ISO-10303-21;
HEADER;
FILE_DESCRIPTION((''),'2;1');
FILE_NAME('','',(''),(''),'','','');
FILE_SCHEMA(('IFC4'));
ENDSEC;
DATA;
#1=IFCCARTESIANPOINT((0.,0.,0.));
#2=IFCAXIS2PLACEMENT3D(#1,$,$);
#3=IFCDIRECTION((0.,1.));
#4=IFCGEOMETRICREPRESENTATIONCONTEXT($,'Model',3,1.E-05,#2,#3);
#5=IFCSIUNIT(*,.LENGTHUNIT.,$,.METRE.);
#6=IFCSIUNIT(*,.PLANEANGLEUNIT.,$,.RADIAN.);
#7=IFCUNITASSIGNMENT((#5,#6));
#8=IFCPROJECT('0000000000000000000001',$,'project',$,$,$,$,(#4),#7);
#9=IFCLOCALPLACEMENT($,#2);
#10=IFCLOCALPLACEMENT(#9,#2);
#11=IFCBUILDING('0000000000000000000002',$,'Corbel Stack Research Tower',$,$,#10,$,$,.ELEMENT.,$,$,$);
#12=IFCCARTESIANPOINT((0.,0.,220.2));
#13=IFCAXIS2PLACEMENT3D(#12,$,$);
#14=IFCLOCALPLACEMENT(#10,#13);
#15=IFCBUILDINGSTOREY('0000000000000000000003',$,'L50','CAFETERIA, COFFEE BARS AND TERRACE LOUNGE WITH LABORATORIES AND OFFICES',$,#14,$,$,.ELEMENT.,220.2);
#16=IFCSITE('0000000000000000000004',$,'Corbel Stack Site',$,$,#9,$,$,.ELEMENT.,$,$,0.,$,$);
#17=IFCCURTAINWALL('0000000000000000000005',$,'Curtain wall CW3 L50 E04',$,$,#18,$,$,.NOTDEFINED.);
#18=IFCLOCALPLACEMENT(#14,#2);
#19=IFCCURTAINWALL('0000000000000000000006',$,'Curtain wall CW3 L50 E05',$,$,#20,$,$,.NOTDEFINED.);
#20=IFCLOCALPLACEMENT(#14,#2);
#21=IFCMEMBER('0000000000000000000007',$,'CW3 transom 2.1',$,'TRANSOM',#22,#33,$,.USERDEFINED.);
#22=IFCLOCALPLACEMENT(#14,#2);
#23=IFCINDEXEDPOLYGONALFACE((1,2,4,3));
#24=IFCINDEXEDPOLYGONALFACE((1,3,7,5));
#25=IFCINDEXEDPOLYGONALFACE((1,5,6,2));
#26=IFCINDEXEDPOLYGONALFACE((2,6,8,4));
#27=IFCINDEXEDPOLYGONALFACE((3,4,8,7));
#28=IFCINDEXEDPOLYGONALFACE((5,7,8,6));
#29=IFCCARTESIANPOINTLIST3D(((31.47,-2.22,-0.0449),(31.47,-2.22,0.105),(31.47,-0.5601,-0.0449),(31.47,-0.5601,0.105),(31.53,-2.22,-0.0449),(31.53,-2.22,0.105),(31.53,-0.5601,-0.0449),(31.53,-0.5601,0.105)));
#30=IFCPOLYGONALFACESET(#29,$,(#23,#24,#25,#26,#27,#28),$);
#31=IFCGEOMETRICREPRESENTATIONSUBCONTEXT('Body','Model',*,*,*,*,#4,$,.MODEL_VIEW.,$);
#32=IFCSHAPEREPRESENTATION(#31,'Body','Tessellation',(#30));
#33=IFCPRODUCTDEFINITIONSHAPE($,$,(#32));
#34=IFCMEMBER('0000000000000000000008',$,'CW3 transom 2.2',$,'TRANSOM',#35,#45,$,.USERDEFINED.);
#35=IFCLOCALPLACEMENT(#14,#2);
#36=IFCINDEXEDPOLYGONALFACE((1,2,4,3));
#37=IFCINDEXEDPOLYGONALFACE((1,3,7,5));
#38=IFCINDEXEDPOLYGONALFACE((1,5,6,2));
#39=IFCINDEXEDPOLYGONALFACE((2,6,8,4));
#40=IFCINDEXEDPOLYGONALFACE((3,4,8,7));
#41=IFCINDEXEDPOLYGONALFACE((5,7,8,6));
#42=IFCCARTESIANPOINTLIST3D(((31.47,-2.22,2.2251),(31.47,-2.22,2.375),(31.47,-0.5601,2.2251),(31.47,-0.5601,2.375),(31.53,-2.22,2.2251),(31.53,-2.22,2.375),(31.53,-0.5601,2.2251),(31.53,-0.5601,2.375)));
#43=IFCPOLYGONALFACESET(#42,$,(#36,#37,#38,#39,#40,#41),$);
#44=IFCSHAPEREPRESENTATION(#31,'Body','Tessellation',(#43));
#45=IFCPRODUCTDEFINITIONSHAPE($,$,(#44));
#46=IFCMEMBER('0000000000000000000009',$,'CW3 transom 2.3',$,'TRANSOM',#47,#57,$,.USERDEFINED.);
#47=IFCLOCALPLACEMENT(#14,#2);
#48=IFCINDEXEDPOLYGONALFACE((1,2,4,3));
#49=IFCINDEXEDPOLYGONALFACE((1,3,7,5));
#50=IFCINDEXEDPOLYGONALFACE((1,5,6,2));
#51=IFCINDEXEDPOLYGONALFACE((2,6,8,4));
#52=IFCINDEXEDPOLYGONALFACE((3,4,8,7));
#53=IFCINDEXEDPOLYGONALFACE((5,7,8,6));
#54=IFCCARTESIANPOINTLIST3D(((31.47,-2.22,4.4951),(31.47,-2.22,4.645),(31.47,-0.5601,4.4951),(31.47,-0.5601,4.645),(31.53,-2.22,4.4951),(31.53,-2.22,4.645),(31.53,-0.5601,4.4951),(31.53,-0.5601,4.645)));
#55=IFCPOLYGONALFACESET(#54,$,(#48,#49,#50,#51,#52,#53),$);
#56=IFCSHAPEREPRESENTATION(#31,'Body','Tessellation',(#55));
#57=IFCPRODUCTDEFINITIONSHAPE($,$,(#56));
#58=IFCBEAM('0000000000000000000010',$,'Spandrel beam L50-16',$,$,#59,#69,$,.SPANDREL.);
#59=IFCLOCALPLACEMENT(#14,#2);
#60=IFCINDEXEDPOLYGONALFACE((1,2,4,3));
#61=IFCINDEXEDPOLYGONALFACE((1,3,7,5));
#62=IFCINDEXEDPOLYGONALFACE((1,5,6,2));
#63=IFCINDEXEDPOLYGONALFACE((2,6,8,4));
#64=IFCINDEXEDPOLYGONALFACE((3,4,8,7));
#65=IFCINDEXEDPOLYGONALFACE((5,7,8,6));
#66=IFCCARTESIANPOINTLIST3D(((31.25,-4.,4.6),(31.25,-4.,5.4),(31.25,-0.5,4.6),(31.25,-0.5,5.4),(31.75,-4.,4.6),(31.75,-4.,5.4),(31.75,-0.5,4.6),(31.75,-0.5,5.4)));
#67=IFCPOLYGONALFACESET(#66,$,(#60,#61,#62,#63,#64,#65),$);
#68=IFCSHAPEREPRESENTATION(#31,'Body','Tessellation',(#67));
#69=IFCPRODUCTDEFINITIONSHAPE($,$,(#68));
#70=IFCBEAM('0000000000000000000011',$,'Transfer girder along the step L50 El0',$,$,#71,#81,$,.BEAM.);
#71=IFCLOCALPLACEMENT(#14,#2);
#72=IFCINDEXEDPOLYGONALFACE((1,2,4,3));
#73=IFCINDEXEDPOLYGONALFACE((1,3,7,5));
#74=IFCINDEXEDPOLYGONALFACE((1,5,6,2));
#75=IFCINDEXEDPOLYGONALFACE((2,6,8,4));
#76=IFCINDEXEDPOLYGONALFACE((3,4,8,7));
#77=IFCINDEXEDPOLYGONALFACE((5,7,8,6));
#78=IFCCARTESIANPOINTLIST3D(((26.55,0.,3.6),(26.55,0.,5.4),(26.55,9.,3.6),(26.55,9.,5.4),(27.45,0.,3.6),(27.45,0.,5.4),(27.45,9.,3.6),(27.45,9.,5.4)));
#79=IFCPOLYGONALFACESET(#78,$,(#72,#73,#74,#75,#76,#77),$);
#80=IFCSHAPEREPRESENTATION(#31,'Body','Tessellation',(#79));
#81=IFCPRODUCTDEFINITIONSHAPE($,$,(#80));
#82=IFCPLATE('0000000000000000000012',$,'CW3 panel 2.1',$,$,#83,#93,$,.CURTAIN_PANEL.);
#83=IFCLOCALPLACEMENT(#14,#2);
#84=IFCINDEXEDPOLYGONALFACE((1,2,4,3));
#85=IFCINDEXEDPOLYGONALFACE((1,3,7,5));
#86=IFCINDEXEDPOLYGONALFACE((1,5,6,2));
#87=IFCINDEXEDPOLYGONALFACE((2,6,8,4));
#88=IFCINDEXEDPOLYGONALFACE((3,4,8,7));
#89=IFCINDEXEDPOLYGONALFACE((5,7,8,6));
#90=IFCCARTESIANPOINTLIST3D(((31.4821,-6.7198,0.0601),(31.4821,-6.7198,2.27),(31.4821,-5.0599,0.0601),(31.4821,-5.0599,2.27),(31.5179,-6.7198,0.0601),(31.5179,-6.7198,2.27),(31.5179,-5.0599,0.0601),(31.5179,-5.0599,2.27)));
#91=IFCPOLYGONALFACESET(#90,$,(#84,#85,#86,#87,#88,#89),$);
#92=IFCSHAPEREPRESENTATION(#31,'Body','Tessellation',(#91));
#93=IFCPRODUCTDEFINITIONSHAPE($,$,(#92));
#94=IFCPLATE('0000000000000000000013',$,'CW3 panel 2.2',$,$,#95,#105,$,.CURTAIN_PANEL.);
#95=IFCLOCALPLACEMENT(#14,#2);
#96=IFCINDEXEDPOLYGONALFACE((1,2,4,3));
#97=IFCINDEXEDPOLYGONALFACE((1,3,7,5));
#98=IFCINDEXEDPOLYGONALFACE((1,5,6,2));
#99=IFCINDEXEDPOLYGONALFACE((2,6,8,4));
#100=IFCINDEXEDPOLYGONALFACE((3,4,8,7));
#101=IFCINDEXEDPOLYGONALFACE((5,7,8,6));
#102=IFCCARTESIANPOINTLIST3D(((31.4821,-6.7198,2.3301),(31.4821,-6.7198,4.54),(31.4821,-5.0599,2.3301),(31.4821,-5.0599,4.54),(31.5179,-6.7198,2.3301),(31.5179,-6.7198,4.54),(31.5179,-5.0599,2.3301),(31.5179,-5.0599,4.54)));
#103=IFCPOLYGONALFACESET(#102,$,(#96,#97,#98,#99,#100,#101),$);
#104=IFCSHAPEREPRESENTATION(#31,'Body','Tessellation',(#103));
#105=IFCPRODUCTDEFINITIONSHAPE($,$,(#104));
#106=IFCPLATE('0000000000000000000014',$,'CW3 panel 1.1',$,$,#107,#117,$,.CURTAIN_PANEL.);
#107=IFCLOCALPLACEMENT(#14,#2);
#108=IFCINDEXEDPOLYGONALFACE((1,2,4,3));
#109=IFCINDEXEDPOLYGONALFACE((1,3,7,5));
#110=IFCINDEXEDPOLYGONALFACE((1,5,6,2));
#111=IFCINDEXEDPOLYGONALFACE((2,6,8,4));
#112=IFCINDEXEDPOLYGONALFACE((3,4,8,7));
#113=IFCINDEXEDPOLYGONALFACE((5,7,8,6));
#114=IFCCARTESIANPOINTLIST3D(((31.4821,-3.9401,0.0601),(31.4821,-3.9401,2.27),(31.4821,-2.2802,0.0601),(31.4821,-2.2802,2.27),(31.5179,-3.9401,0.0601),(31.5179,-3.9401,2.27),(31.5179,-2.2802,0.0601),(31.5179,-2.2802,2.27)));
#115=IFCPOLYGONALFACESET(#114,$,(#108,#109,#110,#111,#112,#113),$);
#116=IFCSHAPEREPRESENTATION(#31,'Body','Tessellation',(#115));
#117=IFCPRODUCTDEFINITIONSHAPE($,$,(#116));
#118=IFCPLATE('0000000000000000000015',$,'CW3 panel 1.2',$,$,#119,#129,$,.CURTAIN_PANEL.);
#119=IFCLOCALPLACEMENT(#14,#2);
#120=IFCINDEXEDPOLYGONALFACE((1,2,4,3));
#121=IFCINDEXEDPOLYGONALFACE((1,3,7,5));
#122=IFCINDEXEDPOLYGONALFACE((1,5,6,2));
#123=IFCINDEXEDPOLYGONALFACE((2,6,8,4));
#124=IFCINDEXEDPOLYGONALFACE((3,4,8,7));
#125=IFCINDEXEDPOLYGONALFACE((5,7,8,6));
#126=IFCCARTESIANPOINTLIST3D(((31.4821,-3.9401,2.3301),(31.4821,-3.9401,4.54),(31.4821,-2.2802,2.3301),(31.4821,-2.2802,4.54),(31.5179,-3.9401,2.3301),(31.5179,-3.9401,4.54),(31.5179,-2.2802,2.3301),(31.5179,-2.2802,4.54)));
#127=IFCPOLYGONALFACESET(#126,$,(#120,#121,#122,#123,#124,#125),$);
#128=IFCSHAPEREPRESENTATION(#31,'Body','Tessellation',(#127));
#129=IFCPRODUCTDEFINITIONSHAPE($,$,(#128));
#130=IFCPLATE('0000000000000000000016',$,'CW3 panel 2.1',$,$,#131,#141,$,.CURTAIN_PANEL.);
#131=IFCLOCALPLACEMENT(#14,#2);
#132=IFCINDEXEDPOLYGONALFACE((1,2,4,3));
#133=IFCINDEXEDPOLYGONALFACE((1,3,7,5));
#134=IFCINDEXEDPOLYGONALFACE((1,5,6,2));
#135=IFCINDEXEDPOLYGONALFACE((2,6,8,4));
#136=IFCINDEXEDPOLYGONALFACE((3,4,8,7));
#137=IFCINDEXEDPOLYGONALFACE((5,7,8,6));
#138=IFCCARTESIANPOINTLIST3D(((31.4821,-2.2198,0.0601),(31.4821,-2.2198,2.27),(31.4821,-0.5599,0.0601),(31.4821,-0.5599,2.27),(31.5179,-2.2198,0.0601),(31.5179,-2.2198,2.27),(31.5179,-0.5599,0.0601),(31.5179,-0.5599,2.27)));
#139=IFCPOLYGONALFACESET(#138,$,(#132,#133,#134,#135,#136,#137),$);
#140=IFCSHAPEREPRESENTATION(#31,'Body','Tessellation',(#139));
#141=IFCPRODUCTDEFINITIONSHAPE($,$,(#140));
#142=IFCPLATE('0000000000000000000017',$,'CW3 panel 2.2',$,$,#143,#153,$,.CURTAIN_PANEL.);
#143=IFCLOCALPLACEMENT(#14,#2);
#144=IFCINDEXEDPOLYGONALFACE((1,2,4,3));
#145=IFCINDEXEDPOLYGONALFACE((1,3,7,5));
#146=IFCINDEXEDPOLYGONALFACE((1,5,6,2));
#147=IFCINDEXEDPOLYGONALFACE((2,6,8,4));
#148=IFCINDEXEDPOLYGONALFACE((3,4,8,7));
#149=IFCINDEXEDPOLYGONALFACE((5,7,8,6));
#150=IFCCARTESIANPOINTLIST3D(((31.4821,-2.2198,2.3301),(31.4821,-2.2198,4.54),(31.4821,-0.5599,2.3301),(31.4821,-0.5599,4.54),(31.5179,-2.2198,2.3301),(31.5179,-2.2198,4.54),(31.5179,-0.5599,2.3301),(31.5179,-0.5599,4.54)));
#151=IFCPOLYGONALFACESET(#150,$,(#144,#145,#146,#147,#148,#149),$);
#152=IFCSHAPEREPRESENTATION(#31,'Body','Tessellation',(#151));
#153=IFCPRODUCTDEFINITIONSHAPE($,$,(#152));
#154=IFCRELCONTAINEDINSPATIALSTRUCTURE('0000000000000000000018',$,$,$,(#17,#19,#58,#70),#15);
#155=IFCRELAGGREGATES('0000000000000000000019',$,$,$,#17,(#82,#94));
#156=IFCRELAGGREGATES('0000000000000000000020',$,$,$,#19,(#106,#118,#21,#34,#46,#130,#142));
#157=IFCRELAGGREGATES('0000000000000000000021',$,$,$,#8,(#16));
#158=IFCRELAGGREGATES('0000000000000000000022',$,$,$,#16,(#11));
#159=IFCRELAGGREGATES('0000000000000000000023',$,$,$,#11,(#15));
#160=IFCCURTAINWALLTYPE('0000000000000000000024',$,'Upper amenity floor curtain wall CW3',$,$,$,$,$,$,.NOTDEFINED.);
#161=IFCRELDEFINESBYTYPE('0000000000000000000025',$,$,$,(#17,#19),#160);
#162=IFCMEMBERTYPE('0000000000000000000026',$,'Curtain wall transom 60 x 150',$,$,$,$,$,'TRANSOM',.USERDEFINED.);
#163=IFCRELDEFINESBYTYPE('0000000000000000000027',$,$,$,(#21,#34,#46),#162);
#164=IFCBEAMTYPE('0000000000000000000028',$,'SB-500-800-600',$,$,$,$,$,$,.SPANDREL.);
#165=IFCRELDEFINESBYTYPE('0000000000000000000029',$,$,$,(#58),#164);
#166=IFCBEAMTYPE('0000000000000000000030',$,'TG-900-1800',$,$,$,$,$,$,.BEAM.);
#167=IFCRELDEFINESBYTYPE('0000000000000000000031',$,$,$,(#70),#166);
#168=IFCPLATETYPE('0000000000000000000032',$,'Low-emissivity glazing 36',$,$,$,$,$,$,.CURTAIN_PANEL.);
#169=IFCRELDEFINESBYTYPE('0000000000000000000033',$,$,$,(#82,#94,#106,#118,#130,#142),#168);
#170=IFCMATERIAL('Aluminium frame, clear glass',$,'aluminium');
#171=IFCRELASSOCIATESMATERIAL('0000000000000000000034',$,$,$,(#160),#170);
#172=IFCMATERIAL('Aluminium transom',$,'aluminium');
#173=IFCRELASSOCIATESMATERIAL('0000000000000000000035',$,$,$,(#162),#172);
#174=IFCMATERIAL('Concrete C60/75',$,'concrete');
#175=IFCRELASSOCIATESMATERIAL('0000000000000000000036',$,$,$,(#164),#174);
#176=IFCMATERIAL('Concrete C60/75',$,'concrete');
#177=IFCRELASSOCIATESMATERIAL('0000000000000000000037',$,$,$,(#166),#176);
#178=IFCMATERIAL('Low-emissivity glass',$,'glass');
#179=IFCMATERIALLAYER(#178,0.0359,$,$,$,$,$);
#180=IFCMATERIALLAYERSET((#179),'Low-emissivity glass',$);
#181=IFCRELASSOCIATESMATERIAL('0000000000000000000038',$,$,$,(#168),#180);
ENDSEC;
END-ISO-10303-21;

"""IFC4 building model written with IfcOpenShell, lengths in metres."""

from ifc_helpers import new_model, si_unit, direction, frame, origin, origin_2d, place, context, subcontext, project, spatial, rectangle, extrude, material, layer, layer_set, material_profile, profile_set, type_object, element, aggregate, save


model = new_model("IFC4")

# Units and contexts
model_context = context("Model", 3, precision=1e-05, world=origin(), true_north=direction((0.0, 1.0)))
body_context = subcontext(model_context, "Body", "Model", "MODEL_VIEW")
ifc_project = project(units=[si_unit("LENGTHUNIT", "METRE"), si_unit("PLANEANGLEUNIT", "RADIAN")], contexts=[model_context])

# Site, building, storey
site_placement = place(None, origin())
site = spatial("IfcSite", under=ifc_project, at=site_placement, Name="Corbel Stack Site", CompositionType="ELEMENT", RefElevation=0.0)
building_placement = place(site_placement, origin())
building = spatial("IfcBuilding", under=site, at=building_placement, Name="Corbel Stack Research Tower", CompositionType="ELEMENT")
storey_placement = place(building_placement, frame((0.0, 0.0, 220.2)))
storey = spatial("IfcBuildingStorey", under=building, at=storey_placement, Name="L50", Description="CAFETERIA, COFFEE BARS AND TERRACE LOUNGE WITH LABORATORIES AND OFFICES", CompositionType="ELEMENT", Elevation=220.2)

# Curtain walls
ifc_material_1 = material(Name="Aluminium frame, clear glass", Category="aluminium")
curtain_wall_type = type_object("IfcCurtainWallType", Name="Upper amenity floor curtain wall CW3", PredefinedType="NOTDEFINED", material=ifc_material_1)
curtain_wall_1_placement = place(storey_placement, origin())
curtain_wall_1 = element("IfcCurtainWall", 1, at=curtain_wall_1_placement, inside=storey, type_object=curtain_wall_type, Name="Curtain wall CW3 L50 E04", PredefinedType="NOTDEFINED")
curtain_wall_2_placement = place(storey_placement, origin())
curtain_wall_2 = element("IfcCurtainWall", 2, at=curtain_wall_2_placement, inside=storey, type_object=curtain_wall_type, Name="Curtain wall CW3 L50 E05", PredefinedType="NOTDEFINED")

# Members
ifc_material_2 = material(Name="Aluminium transom", Category="aluminium")
ifc_material_profile_1 = material_profile(ifc_material_2, rectangle(XDim=0.0601, YDim=0.1499, at=origin_2d()), Name="Transom 60 x 150")
ifc_profile_set_1 = profile_set([ifc_material_profile_1], Name="Aluminium transom")
member_type_1 = type_object("IfcMemberType", Name="Curtain wall transom 60 x 150", ElementType="TRANSOM", PredefinedType="USERDEFINED", material=ifc_profile_set_1)
member_1_placement = place(storey_placement, frame((31.5, -2.22, 0.03), z_axis=(0.0, 1.0, 0.0), x_axis=(-1.0, 0.0, 0.0)))
member_1 = element("IfcMember", 3, at=member_1_placement, type_object=member_type_1, Name="CW3 transom 2.1", ObjectType="TRANSOM", PredefinedType="USERDEFINED", context=body_context, shape_type="SweptSolid", body=[
    extrude(rectangle(XDim=0.0601, YDim=0.1499, at=origin_2d()), origin(), (0.0, 0.0, 1.0), 1.6599),
])
member_2_placement = place(storey_placement, frame((31.5, -2.22, 2.3), z_axis=(0.0, 1.0, 0.0), x_axis=(-1.0, 0.0, 0.0)))
member_2 = element("IfcMember", 4, at=member_2_placement, type_object=member_type_1, Name="CW3 transom 2.2", ObjectType="TRANSOM", PredefinedType="USERDEFINED", context=body_context, shape_type="SweptSolid", body=[
    extrude(rectangle(XDim=0.0601, YDim=0.1499, at=origin_2d()), origin(), (0.0, 0.0, 1.0), 1.6599),
])
member_3_placement = place(storey_placement, frame((31.5, -2.22, 4.5701), z_axis=(0.0, 1.0, 0.0), x_axis=(-1.0, 0.0, 0.0)))
member_3 = element("IfcMember", 5, at=member_3_placement, type_object=member_type_1, Name="CW3 transom 2.3", ObjectType="TRANSOM", PredefinedType="USERDEFINED", context=body_context, shape_type="SweptSolid", body=[
    extrude(rectangle(XDim=0.0601, YDim=0.1499, at=origin_2d()), origin(), (0.0, 0.0, 1.0), 1.6599),
])

# Beams
ifc_material_3 = material(Name="Concrete C60/75", Category="concrete")
ifc_material_profile_2 = material_profile(ifc_material_3, rectangle(XDim=0.5, YDim=0.8, at=origin_2d()), Name="RC 500 x 800")
ifc_profile_set_2 = profile_set([ifc_material_profile_2], Name="Concrete C60/75")
beam_type_1 = type_object("IfcBeamType", Name="SB-500-800-600", PredefinedType="SPANDREL", material=ifc_profile_set_2)
beam_1_placement = place(storey_placement, frame((31.5, -4.0, 5.0), z_axis=(0.0, 1.0, 0.0), x_axis=(-1.0, 0.0, 0.0)))
element("IfcBeam", 6, at=beam_1_placement, inside=storey, type_object=beam_type_1, Name="Spandrel beam L50-16", PredefinedType="SPANDREL", context=body_context, shape_type="SweptSolid", body=[
    extrude(rectangle(XDim=0.5, YDim=0.8, at=origin_2d()), origin(), (0.0, 0.0, 1.0), 3.5),
])
ifc_material_4 = material(Name="Concrete C60/75", Category="concrete")
ifc_material_profile_3 = material_profile(ifc_material_4, rectangle(XDim=0.8999, YDim=1.8, at=origin_2d()), Name="RC 900 x 1800")
ifc_profile_set_3 = profile_set([ifc_material_profile_3], Name="Concrete C60/75")
beam_type_2 = type_object("IfcBeamType", Name="TG-900-1800", PredefinedType="BEAM", material=ifc_profile_set_3)
beam_2_placement = place(storey_placement, frame((27.0, 0.0, 4.5), z_axis=(0.0, 1.0, 0.0), x_axis=(-1.0, 0.0, 0.0)))
element("IfcBeam", 7, at=beam_2_placement, inside=storey, type_object=beam_type_2, Name="Transfer girder along the step L50 El0", PredefinedType="BEAM", context=body_context, shape_type="SweptSolid", body=[
    extrude(rectangle(XDim=0.8999, YDim=1.8, at=origin_2d()), origin(), (0.0, 0.0, 1.0), 9.0),
])

# Plates
ifc_material_5 = material(Name="Low-emissivity glass", Category="glass")
ifc_layer = layer(ifc_material_5, 0.0359)
ifc_layer_set = layer_set([ifc_layer], Name="Low-emissivity glass")
plate_type = type_object("IfcPlateType", Name="Low-emissivity glazing 36", PredefinedType="CURTAIN_PANEL", material=ifc_layer_set)
plate_1_placement = place(storey_placement, frame((31.5, -5.8899, 0.0601), z_axis=(0.0, 0.0, 1.0), x_axis=(0.0, 1.0, 0.0)))
plate_1 = element("IfcPlate", 8, at=plate_1_placement, type_object=plate_type, Name="CW3 panel 2.1", PredefinedType="CURTAIN_PANEL", context=body_context, shape_type="SweptSolid", body=[
    extrude(rectangle(XDim=1.6599, YDim=0.0359, at=origin_2d()), origin(), (0.0, 0.0, 1.0), 2.21),
])
plate_2_placement = place(storey_placement, frame((31.5, -5.8899, 2.3301), z_axis=(0.0, 0.0, 1.0), x_axis=(0.0, 1.0, 0.0)))
plate_2 = element("IfcPlate", 9, at=plate_2_placement, type_object=plate_type, Name="CW3 panel 2.2", PredefinedType="CURTAIN_PANEL", context=body_context, shape_type="SweptSolid", body=[
    extrude(rectangle(XDim=1.6599, YDim=0.0359, at=origin_2d()), origin(), (0.0, 0.0, 1.0), 2.21),
])
aggregate(curtain_wall_1, [plate_1, plate_2])
plate_3_placement = place(storey_placement, frame((31.5, -3.1101, 0.0601), z_axis=(0.0, 0.0, 1.0), x_axis=(0.0, 1.0, 0.0)))
plate_3 = element("IfcPlate", 10, at=plate_3_placement, type_object=plate_type, Name="CW3 panel 1.1", PredefinedType="CURTAIN_PANEL", context=body_context, shape_type="SweptSolid", body=[
    extrude(rectangle(XDim=1.6599, YDim=0.0359, at=origin_2d()), origin(), (0.0, 0.0, 1.0), 2.21),
])
plate_4_placement = place(storey_placement, frame((31.5, -3.1101, 2.3301), z_axis=(0.0, 0.0, 1.0), x_axis=(0.0, 1.0, 0.0)))
plate_4 = element("IfcPlate", 11, at=plate_4_placement, type_object=plate_type, Name="CW3 panel 1.2", PredefinedType="CURTAIN_PANEL", context=body_context, shape_type="SweptSolid", body=[
    extrude(rectangle(XDim=1.6599, YDim=0.0359, at=origin_2d()), origin(), (0.0, 0.0, 1.0), 2.21),
])
plate_5_placement = place(storey_placement, frame((31.5, -1.3899, 0.0601), z_axis=(0.0, 0.0, 1.0), x_axis=(0.0, 1.0, 0.0)))
plate_5 = element("IfcPlate", 12, at=plate_5_placement, type_object=plate_type, Name="CW3 panel 2.1", PredefinedType="CURTAIN_PANEL", context=body_context, shape_type="SweptSolid", body=[
    extrude(rectangle(XDim=1.6599, YDim=0.0359, at=origin_2d()), origin(), (0.0, 0.0, 1.0), 2.21),
])
plate_6_placement = place(storey_placement, frame((31.5, -1.3899, 2.3301), z_axis=(0.0, 0.0, 1.0), x_axis=(0.0, 1.0, 0.0)))
plate_6 = element("IfcPlate", 13, at=plate_6_placement, type_object=plate_type, Name="CW3 panel 2.2", PredefinedType="CURTAIN_PANEL", context=body_context, shape_type="SweptSolid", body=[
    extrude(rectangle(XDim=1.6599, YDim=0.0359, at=origin_2d()), origin(), (0.0, 0.0, 1.0), 2.21),
])
aggregate(curtain_wall_2, [plate_3, plate_4, member_1, member_2, member_3, plate_5, plate_6])

save(model, "model.ifc")
